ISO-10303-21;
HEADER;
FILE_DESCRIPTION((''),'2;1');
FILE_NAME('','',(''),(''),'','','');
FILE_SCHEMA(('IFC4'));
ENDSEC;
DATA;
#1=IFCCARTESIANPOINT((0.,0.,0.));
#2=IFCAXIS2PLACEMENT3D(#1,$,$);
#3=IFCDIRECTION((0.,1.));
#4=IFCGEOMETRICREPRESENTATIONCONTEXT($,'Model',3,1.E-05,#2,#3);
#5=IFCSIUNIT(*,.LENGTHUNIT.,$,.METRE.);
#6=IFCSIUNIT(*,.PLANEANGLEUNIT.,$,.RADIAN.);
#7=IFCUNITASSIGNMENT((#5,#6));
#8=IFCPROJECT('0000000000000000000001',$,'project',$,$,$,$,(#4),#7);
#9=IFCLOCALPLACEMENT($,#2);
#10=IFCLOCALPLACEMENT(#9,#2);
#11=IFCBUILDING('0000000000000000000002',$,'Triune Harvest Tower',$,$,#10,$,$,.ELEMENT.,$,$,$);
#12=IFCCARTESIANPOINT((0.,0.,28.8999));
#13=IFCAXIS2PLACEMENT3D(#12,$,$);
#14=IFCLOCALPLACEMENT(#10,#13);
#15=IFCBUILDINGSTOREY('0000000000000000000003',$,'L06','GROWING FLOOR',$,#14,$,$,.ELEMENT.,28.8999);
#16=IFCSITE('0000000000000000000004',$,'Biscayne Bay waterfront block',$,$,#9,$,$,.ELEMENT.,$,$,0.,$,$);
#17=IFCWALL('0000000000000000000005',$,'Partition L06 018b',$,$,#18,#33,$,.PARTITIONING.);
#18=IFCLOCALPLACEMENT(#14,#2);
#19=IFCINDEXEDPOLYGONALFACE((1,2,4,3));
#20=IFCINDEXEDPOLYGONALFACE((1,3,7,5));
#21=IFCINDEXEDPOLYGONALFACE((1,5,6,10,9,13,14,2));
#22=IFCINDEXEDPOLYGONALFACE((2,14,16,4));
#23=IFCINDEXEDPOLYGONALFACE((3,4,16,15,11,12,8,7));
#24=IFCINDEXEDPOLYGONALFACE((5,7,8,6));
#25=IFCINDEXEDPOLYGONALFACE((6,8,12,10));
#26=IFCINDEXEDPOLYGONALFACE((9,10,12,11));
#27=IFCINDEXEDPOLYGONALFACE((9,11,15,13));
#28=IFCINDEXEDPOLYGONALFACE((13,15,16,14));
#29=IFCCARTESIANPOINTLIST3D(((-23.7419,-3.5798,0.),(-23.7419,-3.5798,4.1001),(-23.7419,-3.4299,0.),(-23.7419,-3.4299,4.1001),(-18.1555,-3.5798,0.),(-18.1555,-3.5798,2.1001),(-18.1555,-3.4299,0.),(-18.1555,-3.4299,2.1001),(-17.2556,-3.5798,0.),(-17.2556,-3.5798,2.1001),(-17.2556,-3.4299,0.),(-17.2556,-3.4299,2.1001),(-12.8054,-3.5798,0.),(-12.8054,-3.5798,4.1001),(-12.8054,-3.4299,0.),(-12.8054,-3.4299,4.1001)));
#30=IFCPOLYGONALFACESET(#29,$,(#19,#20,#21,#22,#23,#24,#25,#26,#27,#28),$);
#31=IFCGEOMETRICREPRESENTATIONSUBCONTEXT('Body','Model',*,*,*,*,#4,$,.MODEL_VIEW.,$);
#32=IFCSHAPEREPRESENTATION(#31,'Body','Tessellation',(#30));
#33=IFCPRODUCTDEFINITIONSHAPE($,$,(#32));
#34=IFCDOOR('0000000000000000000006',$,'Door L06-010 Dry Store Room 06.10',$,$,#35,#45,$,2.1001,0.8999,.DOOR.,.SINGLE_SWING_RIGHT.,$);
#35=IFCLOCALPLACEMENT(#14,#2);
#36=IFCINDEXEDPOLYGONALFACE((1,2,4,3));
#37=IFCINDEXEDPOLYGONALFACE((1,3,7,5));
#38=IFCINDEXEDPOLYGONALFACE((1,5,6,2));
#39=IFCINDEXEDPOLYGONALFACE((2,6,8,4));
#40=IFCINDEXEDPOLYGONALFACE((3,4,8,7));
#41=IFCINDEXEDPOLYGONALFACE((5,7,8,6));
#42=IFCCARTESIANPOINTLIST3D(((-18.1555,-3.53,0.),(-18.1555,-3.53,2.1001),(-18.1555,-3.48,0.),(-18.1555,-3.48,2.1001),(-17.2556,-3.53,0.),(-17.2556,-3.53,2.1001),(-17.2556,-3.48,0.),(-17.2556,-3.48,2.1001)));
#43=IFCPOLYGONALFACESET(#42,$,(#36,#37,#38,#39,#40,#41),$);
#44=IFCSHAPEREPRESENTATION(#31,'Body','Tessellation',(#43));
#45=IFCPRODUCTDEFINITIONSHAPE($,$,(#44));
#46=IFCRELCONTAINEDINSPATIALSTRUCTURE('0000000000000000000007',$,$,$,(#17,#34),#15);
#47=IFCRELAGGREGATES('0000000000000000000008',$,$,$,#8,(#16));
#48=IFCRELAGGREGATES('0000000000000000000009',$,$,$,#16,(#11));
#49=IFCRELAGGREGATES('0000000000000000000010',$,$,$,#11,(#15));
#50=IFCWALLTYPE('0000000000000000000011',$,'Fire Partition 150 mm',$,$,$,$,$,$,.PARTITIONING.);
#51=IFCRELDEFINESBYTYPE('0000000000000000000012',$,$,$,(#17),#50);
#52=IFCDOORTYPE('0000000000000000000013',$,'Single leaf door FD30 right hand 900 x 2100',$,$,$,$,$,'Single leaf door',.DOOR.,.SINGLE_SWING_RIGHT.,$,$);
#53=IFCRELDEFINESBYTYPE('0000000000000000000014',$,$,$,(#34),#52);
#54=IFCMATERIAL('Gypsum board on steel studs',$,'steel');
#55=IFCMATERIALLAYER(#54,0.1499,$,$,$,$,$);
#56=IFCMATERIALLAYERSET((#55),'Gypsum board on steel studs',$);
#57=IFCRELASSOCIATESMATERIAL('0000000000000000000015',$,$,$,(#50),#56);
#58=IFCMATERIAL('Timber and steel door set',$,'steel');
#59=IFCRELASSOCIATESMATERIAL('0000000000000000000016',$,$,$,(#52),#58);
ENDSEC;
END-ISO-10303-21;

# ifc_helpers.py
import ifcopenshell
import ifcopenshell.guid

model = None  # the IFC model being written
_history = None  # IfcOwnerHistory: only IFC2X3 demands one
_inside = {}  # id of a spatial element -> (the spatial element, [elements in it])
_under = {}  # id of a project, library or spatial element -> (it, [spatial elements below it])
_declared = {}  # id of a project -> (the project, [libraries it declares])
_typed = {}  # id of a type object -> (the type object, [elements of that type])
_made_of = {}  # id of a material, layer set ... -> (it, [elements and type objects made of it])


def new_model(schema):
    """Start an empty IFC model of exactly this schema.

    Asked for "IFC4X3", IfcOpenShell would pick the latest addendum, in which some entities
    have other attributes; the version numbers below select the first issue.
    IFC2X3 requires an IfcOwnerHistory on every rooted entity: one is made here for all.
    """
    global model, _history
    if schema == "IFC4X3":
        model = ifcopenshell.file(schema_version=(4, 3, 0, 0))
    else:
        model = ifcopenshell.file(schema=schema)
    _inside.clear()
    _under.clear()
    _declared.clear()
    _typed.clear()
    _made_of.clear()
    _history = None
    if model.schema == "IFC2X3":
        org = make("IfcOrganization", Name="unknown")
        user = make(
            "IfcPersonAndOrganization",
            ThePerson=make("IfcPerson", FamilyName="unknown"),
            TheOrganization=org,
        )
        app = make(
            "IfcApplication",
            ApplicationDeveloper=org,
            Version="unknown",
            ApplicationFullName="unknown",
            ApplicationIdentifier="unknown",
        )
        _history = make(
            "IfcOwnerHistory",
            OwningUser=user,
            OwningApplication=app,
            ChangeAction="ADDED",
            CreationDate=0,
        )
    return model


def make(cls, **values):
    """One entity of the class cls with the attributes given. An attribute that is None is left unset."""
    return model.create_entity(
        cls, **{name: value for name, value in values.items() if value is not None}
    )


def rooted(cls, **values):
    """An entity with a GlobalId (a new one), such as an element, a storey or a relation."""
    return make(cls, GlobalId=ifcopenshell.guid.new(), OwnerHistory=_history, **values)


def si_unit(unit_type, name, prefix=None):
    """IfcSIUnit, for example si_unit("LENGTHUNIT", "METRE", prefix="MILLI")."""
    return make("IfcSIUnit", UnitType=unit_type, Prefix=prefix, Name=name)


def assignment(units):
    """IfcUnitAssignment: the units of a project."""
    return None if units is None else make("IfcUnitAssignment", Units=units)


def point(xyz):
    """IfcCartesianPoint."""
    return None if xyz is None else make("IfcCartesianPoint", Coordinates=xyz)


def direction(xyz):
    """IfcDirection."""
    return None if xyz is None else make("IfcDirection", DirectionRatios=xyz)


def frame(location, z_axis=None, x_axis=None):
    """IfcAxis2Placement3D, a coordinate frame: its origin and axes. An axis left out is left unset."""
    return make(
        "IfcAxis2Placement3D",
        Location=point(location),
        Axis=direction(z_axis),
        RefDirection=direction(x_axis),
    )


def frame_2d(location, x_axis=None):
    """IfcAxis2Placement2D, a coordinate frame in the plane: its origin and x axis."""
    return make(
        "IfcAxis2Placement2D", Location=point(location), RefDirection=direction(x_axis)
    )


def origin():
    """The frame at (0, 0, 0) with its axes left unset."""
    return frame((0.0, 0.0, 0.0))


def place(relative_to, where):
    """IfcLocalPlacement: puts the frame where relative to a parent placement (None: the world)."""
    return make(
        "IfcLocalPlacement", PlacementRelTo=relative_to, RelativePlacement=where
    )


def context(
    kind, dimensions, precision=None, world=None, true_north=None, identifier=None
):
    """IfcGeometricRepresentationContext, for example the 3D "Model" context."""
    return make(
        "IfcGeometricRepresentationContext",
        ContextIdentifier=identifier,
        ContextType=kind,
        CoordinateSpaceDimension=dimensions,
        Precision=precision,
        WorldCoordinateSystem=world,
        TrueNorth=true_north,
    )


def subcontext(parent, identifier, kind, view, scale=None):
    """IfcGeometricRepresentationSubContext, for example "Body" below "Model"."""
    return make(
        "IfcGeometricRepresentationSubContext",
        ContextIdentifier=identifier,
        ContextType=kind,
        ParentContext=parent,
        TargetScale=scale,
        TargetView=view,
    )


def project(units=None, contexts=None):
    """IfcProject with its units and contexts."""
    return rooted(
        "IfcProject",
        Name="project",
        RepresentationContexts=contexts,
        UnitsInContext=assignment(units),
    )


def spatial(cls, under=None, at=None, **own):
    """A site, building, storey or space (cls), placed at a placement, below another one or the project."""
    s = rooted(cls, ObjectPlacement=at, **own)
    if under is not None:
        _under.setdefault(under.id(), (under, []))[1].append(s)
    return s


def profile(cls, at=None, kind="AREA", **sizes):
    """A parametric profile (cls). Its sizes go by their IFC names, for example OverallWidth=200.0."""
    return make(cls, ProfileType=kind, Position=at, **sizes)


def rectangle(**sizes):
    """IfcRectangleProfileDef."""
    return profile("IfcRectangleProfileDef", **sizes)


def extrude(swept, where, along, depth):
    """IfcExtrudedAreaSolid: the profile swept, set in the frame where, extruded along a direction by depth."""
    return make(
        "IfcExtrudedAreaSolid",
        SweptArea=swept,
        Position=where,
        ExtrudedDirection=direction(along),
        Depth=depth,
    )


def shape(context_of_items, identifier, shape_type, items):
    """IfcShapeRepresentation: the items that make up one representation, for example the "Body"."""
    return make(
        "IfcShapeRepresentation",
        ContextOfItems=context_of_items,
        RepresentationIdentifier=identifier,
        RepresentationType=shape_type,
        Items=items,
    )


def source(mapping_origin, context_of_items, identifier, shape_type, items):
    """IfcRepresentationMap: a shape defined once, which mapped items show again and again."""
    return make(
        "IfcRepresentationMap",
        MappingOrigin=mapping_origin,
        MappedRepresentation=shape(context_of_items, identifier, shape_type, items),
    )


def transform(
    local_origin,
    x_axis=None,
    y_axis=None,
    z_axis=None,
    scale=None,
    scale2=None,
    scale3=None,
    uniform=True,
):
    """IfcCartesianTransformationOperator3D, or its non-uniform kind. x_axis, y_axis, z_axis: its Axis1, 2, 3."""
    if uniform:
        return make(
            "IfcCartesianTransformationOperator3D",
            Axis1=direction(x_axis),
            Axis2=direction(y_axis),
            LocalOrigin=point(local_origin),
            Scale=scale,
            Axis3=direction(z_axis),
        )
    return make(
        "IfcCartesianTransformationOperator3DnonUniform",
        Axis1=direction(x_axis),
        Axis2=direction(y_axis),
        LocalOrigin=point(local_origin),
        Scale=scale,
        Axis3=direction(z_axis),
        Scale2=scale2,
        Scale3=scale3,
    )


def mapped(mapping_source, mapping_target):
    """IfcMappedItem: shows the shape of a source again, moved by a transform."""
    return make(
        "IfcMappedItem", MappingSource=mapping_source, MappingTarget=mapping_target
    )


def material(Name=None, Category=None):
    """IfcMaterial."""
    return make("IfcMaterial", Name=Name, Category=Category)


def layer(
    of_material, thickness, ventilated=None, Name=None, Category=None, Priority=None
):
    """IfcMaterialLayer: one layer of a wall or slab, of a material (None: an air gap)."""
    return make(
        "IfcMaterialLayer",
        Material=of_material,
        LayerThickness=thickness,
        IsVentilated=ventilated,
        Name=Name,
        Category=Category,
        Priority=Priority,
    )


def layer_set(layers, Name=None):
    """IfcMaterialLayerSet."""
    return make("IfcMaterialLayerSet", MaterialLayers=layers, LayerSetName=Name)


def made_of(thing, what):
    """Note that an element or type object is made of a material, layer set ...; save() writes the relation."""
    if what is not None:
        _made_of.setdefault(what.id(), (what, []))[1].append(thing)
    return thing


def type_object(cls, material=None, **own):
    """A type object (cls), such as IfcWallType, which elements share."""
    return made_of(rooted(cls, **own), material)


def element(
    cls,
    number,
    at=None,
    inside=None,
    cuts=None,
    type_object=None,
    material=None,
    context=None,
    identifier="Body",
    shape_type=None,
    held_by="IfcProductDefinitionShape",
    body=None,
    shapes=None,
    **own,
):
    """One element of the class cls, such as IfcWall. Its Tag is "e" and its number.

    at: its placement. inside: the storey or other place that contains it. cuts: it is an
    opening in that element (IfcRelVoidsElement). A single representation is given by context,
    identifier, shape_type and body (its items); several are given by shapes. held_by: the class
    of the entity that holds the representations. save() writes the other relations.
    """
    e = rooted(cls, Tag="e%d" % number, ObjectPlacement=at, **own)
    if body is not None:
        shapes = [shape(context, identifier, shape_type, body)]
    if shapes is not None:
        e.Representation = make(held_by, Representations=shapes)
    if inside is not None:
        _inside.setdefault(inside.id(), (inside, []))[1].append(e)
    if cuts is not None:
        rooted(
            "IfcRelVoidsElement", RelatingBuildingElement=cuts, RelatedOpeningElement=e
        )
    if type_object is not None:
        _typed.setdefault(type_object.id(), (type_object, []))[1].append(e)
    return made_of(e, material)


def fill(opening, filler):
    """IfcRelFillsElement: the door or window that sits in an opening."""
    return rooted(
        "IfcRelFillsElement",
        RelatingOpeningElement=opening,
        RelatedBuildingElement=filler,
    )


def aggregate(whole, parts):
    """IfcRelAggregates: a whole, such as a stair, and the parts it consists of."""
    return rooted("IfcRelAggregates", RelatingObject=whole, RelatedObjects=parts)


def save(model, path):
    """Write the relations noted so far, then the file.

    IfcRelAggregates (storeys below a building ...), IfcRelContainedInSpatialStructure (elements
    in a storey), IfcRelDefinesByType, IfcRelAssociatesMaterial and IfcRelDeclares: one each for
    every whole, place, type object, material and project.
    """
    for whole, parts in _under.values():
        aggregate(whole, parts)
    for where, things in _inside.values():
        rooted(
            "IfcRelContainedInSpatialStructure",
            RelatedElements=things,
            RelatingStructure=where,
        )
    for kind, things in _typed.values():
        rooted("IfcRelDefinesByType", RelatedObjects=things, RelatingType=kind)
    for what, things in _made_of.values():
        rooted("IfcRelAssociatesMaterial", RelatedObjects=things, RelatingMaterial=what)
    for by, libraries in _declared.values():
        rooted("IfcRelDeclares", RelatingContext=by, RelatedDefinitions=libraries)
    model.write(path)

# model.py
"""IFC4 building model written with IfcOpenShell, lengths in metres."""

from ifc_helpers import new_model, si_unit, direction, frame, frame_2d, origin, place, context, subcontext, project, spatial, rectangle, extrude, source, transform, mapped, material, layer, layer_set, type_object, element, fill, save


model = new_model("IFC4")

# Units and contexts
model_context = context("Model", 3, precision=1e-05, world=origin(), true_north=direction((0.0, 1.0)))
body_context = subcontext(model_context, "Body", "Model", "MODEL_VIEW")
ifc_project = project(units=[si_unit("LENGTHUNIT", "METRE"), si_unit("PLANEANGLEUNIT", "RADIAN")], contexts=[model_context])

# Site, building, storey
site_placement = place(None, origin())
site = spatial("IfcSite", under=ifc_project, at=site_placement, Name="Biscayne Bay waterfront block", CompositionType="ELEMENT", RefElevation=0.0)
building_placement = place(site_placement, origin())
building = spatial("IfcBuilding", under=site, at=building_placement, Name="Triune Harvest Tower", CompositionType="ELEMENT")
storey_placement = place(building_placement, frame((0.0, 0.0, 28.8999)))
storey = spatial("IfcBuildingStorey", under=building, at=storey_placement, Name="L06", Description="GROWING FLOOR", CompositionType="ELEMENT", Elevation=28.8999)

# Shared definitions
ifc_material_1 = material(Name="Gypsum board on steel studs", Category="steel")
ifc_layer_1 = layer(ifc_material_1, 0.1499)
ifc_layer_set_1 = layer_set([ifc_layer_1], Name="Gypsum board on steel studs")
wall_type_1 = type_object("IfcWallType", Name="Fire Partition 150 mm", PredefinedType="PARTITIONING", material=ifc_layer_set_1)

# Wall, opening, door
shared_shape_1 = source(origin(), body_context, "Body", "SweptSolid", [
    extrude(rectangle(XDim=10.9365, YDim=0.1499, at=frame_2d((5.4683, 0.0))), origin(), (0.0, 0.0, 1.0), 4.1001),
])
wall_1_placement = place(storey_placement, frame((-23.7419, -3.5049, 0.0), z_axis=(0.0, 0.0, 1.0), x_axis=(1.0, 0.0, 0.0)))
wall_1 = element("IfcWall", 1, at=wall_1_placement, inside=storey, type_object=wall_type_1, Name="Partition L06 018b", PredefinedType="PARTITIONING", context=body_context, shape_type="MappedRepresentation", body=[
    mapped(shared_shape_1, transform((0.0, 0.0, 0.0), scale=1.0)),
])
opening_placement = place(wall_1_placement, frame((5.5864, 0.0, 0.0)))
opening = element("IfcOpeningElement", 2, at=opening_placement, cuts=wall_1, PredefinedType="OPENING", context=body_context, shape_type="SweptSolid", body=[
    extrude(rectangle(XDim=0.8999, YDim=2.1001, at=frame_2d((0.45, 1.05))), frame((0.0, 0.085, 0.0), z_axis=(0.0, -1.0, 0.0), x_axis=(1.0, 0.0, 0.0)), (0.0, 0.0, 1.0), 0.1699),
])
ifc_material_2 = material(Name="Timber and steel door set", Category="steel")
door_type = type_object("IfcDoorType", Name="Single leaf door FD30 right hand 900 x 2100", ElementType="Single leaf door", OperationType="SINGLE_SWING_RIGHT", PredefinedType="DOOR", material=ifc_material_2)
door_placement = place(opening_placement, origin())
door = element("IfcDoor", 3, at=door_placement, inside=storey, type_object=door_type, Name="Door L06-010 Dry Store Room 06.10", OperationType="SINGLE_SWING_RIGHT", OverallHeight=2.1001, OverallWidth=0.8999, PredefinedType="DOOR", context=body_context, shape_type="SweptSolid", body=[
    extrude(rectangle(XDim=0.8999, YDim=2.1001, at=frame_2d((0.45, 1.05))), frame((0.0, 0.0249, 0.0), z_axis=(0.0, -1.0, 0.0), x_axis=(1.0, 0.0, 0.0)), (0.0, 0.0, 1.0), 0.05),
])
fill(opening, door)

save(model, "model.ifc")
